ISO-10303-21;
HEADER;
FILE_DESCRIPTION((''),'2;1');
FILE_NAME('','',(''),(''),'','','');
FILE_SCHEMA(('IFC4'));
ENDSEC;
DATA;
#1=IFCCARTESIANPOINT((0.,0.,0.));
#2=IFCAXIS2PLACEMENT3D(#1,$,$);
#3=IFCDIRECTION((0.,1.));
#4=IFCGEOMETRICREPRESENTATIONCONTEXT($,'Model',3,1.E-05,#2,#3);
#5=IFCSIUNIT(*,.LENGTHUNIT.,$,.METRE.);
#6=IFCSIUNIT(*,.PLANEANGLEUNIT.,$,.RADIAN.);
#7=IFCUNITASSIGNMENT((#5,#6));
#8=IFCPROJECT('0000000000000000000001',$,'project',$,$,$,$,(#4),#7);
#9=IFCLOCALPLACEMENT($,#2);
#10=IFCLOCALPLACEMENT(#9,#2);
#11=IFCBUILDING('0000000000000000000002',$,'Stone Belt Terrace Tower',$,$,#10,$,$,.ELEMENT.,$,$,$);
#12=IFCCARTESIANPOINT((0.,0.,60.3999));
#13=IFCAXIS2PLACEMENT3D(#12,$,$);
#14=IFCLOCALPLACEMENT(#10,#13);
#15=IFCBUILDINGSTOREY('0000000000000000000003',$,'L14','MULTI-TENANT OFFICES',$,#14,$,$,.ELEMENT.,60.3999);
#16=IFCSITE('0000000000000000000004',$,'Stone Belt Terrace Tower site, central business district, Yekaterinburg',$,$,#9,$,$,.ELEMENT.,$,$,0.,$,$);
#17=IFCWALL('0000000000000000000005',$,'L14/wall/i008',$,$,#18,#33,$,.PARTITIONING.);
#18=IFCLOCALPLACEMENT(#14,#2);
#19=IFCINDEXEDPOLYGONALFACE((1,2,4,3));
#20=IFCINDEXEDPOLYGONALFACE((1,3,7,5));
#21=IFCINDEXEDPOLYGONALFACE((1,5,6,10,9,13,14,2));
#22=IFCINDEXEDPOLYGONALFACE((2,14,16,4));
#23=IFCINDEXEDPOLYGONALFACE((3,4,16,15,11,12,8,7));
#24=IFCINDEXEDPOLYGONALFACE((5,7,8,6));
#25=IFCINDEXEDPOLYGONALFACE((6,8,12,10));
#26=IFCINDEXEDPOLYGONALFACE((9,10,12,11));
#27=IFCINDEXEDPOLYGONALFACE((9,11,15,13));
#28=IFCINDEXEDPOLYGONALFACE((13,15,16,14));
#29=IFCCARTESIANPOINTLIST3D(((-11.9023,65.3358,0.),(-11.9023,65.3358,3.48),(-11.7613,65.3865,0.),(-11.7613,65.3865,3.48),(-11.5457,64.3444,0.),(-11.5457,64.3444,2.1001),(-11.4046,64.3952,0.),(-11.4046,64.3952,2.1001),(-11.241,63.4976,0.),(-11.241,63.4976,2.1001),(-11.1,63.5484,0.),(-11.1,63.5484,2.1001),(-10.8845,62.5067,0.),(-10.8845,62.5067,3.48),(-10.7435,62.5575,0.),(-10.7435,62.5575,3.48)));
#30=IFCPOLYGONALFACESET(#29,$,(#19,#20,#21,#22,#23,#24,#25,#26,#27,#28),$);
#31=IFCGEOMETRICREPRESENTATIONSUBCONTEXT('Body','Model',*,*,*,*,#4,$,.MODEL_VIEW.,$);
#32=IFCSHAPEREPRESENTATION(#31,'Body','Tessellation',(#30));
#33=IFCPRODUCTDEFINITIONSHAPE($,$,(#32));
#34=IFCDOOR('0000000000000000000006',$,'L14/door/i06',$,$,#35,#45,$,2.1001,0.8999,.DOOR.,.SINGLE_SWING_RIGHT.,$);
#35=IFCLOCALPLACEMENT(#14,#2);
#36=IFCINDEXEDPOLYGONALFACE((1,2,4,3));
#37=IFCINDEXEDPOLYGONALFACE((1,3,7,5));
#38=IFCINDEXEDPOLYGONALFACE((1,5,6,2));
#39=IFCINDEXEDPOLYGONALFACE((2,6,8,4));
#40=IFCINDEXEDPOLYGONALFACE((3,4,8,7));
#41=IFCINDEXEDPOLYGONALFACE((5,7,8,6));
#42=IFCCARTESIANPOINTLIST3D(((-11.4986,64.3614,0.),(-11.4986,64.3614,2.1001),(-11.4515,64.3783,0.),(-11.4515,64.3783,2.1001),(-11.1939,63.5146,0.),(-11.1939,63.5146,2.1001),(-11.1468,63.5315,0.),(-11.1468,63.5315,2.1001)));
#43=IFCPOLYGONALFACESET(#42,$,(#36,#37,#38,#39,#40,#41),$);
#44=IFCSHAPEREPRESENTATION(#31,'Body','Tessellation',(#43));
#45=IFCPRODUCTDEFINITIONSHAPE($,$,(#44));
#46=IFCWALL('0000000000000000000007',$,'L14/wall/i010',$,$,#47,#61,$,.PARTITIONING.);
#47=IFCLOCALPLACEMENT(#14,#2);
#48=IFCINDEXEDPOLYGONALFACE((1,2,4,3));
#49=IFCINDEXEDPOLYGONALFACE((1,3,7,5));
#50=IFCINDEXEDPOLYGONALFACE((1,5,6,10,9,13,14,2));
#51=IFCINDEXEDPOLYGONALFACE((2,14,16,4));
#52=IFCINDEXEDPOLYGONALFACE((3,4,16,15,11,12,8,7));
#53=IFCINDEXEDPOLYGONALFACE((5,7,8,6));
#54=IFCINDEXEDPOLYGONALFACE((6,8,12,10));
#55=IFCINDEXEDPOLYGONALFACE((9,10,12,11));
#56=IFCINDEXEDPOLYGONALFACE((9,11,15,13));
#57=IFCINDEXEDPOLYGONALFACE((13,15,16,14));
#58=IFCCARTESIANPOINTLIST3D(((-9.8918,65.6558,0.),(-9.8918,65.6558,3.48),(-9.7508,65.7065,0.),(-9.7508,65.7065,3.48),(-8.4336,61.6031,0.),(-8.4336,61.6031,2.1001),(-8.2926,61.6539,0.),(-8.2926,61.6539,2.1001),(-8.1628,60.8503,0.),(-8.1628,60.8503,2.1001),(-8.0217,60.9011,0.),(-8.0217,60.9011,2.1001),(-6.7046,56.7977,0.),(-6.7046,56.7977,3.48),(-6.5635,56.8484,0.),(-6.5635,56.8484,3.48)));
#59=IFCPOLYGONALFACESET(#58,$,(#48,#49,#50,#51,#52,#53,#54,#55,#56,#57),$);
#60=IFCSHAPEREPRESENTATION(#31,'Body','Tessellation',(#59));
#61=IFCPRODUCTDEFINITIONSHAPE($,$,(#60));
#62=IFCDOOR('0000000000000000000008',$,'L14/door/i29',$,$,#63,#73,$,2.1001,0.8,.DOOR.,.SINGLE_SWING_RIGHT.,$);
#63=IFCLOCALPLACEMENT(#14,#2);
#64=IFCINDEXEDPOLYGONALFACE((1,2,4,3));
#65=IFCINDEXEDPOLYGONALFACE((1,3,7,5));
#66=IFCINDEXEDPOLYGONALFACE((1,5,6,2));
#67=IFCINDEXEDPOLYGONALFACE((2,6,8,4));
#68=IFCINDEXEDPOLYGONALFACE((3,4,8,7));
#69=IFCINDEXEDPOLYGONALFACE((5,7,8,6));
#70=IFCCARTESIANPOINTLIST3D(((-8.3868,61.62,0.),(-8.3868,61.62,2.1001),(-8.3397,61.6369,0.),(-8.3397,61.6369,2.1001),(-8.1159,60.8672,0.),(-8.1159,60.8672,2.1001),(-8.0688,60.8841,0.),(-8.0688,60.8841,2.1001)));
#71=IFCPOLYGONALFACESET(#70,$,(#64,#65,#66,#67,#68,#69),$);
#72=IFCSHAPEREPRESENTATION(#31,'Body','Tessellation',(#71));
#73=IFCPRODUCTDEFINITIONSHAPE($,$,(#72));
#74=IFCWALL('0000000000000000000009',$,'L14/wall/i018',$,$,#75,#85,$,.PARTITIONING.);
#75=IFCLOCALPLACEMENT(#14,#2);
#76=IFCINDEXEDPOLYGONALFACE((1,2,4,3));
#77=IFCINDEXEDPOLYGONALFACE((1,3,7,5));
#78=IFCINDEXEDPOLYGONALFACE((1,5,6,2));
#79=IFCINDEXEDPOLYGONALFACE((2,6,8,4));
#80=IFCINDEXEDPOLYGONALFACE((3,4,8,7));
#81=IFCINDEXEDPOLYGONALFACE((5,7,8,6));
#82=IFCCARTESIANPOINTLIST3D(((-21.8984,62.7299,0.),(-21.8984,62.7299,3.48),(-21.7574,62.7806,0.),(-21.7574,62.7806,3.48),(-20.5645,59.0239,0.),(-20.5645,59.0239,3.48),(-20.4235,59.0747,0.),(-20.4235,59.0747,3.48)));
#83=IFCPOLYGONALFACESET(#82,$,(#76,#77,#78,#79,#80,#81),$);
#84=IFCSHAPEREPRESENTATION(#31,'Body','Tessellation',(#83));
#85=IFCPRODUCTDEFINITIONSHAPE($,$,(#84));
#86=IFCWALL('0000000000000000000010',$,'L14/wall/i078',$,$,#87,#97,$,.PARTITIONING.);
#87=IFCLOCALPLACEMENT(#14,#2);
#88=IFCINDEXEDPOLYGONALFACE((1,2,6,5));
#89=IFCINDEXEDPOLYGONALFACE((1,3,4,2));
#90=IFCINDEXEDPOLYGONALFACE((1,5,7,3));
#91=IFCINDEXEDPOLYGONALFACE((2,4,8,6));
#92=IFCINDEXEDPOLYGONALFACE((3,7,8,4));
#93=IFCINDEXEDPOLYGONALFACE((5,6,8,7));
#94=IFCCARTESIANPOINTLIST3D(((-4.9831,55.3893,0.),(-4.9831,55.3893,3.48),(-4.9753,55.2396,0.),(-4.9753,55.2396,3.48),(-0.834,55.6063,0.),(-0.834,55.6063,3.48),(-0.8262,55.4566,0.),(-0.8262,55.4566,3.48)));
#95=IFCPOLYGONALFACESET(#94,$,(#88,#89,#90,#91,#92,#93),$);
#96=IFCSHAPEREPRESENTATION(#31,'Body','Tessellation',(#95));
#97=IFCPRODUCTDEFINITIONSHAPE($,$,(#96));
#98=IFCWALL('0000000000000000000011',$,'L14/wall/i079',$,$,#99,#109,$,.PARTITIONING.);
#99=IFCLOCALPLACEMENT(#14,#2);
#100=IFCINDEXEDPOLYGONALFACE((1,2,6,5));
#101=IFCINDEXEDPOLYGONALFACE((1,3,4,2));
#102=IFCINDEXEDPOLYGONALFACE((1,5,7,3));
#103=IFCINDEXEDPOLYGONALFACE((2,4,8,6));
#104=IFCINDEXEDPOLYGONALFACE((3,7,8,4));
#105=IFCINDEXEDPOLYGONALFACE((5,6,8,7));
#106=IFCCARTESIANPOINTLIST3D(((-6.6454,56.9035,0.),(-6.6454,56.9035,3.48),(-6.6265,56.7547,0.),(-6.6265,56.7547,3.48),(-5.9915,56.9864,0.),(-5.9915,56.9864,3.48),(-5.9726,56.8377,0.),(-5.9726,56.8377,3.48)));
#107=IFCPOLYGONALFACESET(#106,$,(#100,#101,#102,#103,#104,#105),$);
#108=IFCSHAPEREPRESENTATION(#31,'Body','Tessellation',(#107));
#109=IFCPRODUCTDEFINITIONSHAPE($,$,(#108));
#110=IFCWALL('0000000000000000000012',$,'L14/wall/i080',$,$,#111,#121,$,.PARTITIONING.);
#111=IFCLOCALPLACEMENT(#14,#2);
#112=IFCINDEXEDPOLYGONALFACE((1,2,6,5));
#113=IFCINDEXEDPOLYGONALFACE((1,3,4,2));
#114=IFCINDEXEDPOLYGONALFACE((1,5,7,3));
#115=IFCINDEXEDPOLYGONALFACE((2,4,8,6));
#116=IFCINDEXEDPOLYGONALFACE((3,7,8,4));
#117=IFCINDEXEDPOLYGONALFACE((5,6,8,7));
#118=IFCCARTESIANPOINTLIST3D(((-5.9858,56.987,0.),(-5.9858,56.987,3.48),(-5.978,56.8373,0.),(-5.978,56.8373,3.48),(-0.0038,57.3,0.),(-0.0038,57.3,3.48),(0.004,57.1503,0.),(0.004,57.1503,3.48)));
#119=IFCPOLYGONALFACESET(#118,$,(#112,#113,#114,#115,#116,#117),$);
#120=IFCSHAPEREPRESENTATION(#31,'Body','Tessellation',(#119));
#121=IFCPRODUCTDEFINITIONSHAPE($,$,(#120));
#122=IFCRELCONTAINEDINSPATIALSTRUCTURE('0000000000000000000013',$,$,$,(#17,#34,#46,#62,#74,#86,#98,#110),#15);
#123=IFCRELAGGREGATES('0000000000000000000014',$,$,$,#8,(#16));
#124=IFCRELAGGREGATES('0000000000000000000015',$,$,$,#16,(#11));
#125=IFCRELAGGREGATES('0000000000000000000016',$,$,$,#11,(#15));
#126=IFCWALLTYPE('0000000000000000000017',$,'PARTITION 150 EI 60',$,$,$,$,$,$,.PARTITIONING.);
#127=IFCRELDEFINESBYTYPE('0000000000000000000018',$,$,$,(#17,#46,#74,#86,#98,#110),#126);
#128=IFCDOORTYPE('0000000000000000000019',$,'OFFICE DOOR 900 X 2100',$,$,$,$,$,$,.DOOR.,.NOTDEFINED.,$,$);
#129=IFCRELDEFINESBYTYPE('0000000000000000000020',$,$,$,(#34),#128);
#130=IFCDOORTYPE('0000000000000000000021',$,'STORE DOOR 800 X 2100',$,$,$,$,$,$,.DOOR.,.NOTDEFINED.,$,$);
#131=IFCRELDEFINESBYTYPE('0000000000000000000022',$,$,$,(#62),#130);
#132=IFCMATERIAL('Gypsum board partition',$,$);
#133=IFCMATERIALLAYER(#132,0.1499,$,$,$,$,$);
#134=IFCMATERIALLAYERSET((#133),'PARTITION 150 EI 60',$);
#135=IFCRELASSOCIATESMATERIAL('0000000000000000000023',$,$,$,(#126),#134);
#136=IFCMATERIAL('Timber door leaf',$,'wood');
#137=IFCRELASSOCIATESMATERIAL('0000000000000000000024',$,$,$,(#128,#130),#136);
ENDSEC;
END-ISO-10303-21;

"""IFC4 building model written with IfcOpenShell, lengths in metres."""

from ifc_helpers import new_model, si_unit, direction, frame, frame_2d, origin, place, context, subcontext, project, spatial, rectangle, extrude, material, layer, layer_set, type_object, element, fill, save


model = new_model("IFC4")

# Units and contexts
model_context = context("Model", 3, precision=1e-05, world=origin(), true_north=direction((0.0, 1.0)))
body_context = subcontext(model_context, "Body", "Model", "MODEL_VIEW")
ifc_project = project(units=[si_unit("LENGTHUNIT", "METRE"), si_unit("PLANEANGLEUNIT", "RADIAN")], contexts=[model_context])

# Site, building, storey
site_placement = place(None, origin())
site = spatial("IfcSite", under=ifc_project, at=site_placement, Name="Stone Belt Terrace Tower site, central business district, Yekaterinburg", CompositionType="ELEMENT", RefElevation=0.0)
building_placement = place(site_placement, origin())
building = spatial("IfcBuilding", under=site, at=building_placement, Name="Stone Belt Terrace Tower", CompositionType="ELEMENT")
storey_placement = place(building_placement, frame((0.0, 0.0, 60.3999)))
storey = spatial("IfcBuildingStorey", under=building, at=storey_placement, Name="L14", Description="MULTI-TENANT OFFICES", CompositionType="ELEMENT", Elevation=60.3999)

# Walls, openings, doors
ifc_material_1 = material(Name="Gypsum board partition")
ifc_layer_1 = layer(ifc_material_1, 0.1499)
ifc_layer_set_1 = layer_set([ifc_layer_1], Name="PARTITION 150 EI 60")
wall_type_1 = type_object("IfcWallType", Name="PARTITION 150 EI 60", PredefinedType="PARTITIONING", material=ifc_layer_set_1)
wall_1_placement = place(storey_placement, frame((-10.814, 62.532, 0.0), z_axis=(0.0, 0.0, 1.0), x_axis=(-0.338527, 0.940957, 0.0)))
wall_1 = element("IfcWall", 1, at=wall_1_placement, inside=storey, type_object=wall_type_1, Name="L14/wall/i008", PredefinedType="PARTITIONING", context=body_context, shape_type="SweptSolid", body=[
    extrude(rectangle(XDim=3.0066, YDim=0.1499, at=frame_2d((1.5034, 0.0))), origin(), (0.0, 0.0, 1.0), 3.48),
])
opening_1_placement = place(wall_1_placement, frame((1.0532, 0.0, 0.0)))
opening_1 = element("IfcOpeningElement", 2, at=opening_1_placement, cuts=wall_1, PredefinedType="OPENING", context=body_context, shape_type="SweptSolid", body=[
    extrude(rectangle(XDim=0.8999, YDim=2.1001, at=frame_2d((0.45, 1.05))), frame((0.0, 0.085, 0.0), z_axis=(0.0, -1.0, 0.0), x_axis=(1.0, 0.0, 0.0)), (0.0, 0.0, 1.0), 0.1699),
])
ifc_material_2 = material(Name="Timber door leaf", Category="wood")
door_type_1 = type_object("IfcDoorType", Name="OFFICE DOOR 900 X 2100", OperationType="NOTDEFINED", PredefinedType="DOOR", material=ifc_material_2)
door_1_placement = place(opening_1_placement, origin())
door_1 = element("IfcDoor", 3, at=door_1_placement, inside=storey, type_object=door_type_1, Name="L14/door/i06", OperationType="SINGLE_SWING_RIGHT", OverallHeight=2.1001, OverallWidth=0.8999, PredefinedType="DOOR", context=body_context, shape_type="SweptSolid", body=[
    extrude(rectangle(XDim=0.8999, YDim=2.1001, at=frame_2d((0.45, 1.05))), frame((0.0, 0.0249, 0.0), z_axis=(0.0, -1.0, 0.0), x_axis=(1.0, 0.0, 0.0)), (0.0, 0.0, 1.0), 0.05),
])
fill(opening_1, door_1)
wall_2_placement = place(storey_placement, frame((-9.8213, 65.6812, 0.0), z_axis=(0.0, 0.0, 1.0), x_axis=(0.338562, -0.940944, 0.0)))
wall_2 = element("IfcWall", 4, at=wall_2_placement, inside=storey, type_object=wall_type_1, Name="L14/wall/i010", PredefinedType="PARTITIONING", context=body_context, shape_type="SweptSolid", body=[
    extrude(rectangle(XDim=9.4141, YDim=0.1499, at=frame_2d((4.707, 0.0))), origin(), (0.0, 0.0, 1.0), 3.48),
])
opening_2_placement = place(wall_2_placement, frame((4.3071, 0.0, 0.0)))
opening_2 = element("IfcOpeningElement", 5, at=opening_2_placement, cuts=wall_2, PredefinedType="OPENING", context=body_context, shape_type="SweptSolid", body=[
    extrude(rectangle(XDim=0.8, YDim=2.1001, at=frame_2d((0.3999, 1.05))), frame((0.0, 0.085, 0.0), z_axis=(0.0, -1.0, 0.0), x_axis=(1.0, 0.0, 0.0)), (0.0, 0.0, 1.0), 0.1699),
])
door_type_2 = type_object("IfcDoorType", Name="STORE DOOR 800 X 2100", OperationType="NOTDEFINED", PredefinedType="DOOR", material=ifc_material_2)
door_2_placement = place(opening_2_placement, origin())
door_2 = element("IfcDoor", 6, at=door_2_placement, inside=storey, type_object=door_type_2, Name="L14/door/i29", OperationType="SINGLE_SWING_RIGHT", OverallHeight=2.1001, OverallWidth=0.8, PredefinedType="DOOR", context=body_context, shape_type="SweptSolid", body=[
    extrude(rectangle(XDim=0.8, YDim=2.1001, at=frame_2d((0.3999, 1.05))), frame((0.0, 0.0249, 0.0), z_axis=(0.0, -1.0, 0.0), x_axis=(1.0, 0.0, 0.0)), (0.0, 0.0, 1.0), 0.05),
])
fill(opening_2, door_2)

# Walls
wall_3_placement = place(storey_placement, frame((-21.8279, 62.7551, 0.0), z_axis=(0.0, 0.0, 1.0), x_axis=(0.338676, -0.940903, 0.0)))
element("IfcWall", 7, at=wall_3_placement, inside=storey, type_object=wall_type_1, Name="L14/wall/i018", PredefinedType="PARTITIONING", context=body_context, shape_type="SweptSolid", body=[
    extrude(rectangle(XDim=3.9387, YDim=0.1499, at=frame_2d((1.9692, 0.0))), origin(), (0.0, 0.0, 1.0), 3.48),
])
wall_4_placement = place(storey_placement, frame((-0.8301, 55.5315, 0.0), z_axis=(0.0, 0.0, 1.0), x_axis=(-0.998635, -0.052238, 0.0)))
element("IfcWall", 8, at=wall_4_placement, inside=storey, type_object=wall_type_1, Name="L14/wall/i078", PredefinedType="PARTITIONING", context=body_context, shape_type="SweptSolid", body=[
    extrude(rectangle(XDim=4.1548, YDim=0.1499, at=frame_2d((2.0774, 0.0))), origin(), (0.0, 0.0, 1.0), 3.48),
])
wall_5_placement = place(storey_placement, frame((-6.636, 56.8291, 0.0), z_axis=(0.0, 0.0, 1.0), x_axis=(0.992043, 0.125903, 0.0)))
element("IfcWall", 9, at=wall_5_placement, inside=storey, type_object=wall_type_1, Name="L14/wall/i079", PredefinedType="PARTITIONING", context=body_context, shape_type="SweptSolid", body=[
    extrude(rectangle(XDim=0.6592, YDim=0.1499, at=frame_2d((0.3296, 0.0))), origin(), (0.0, 0.0, 1.0), 3.48),
])
wall_6_placement = place(storey_placement, frame((-5.9819, 56.9121, 0.0), z_axis=(0.0, 0.0, 1.0), x_axis=(0.998634, 0.052251, 0.0)))
element("IfcWall", 10, at=wall_6_placement, inside=storey, type_object=wall_type_1, Name="L14/wall/i080", PredefinedType="PARTITIONING", context=body_context, shape_type="SweptSolid", body=[
    extrude(rectangle(XDim=5.9902, YDim=0.1499, at=frame_2d((2.9951, 0.0))), origin(), (0.0, 0.0, 1.0), 3.48),
])

save(model, "model.ifc")
